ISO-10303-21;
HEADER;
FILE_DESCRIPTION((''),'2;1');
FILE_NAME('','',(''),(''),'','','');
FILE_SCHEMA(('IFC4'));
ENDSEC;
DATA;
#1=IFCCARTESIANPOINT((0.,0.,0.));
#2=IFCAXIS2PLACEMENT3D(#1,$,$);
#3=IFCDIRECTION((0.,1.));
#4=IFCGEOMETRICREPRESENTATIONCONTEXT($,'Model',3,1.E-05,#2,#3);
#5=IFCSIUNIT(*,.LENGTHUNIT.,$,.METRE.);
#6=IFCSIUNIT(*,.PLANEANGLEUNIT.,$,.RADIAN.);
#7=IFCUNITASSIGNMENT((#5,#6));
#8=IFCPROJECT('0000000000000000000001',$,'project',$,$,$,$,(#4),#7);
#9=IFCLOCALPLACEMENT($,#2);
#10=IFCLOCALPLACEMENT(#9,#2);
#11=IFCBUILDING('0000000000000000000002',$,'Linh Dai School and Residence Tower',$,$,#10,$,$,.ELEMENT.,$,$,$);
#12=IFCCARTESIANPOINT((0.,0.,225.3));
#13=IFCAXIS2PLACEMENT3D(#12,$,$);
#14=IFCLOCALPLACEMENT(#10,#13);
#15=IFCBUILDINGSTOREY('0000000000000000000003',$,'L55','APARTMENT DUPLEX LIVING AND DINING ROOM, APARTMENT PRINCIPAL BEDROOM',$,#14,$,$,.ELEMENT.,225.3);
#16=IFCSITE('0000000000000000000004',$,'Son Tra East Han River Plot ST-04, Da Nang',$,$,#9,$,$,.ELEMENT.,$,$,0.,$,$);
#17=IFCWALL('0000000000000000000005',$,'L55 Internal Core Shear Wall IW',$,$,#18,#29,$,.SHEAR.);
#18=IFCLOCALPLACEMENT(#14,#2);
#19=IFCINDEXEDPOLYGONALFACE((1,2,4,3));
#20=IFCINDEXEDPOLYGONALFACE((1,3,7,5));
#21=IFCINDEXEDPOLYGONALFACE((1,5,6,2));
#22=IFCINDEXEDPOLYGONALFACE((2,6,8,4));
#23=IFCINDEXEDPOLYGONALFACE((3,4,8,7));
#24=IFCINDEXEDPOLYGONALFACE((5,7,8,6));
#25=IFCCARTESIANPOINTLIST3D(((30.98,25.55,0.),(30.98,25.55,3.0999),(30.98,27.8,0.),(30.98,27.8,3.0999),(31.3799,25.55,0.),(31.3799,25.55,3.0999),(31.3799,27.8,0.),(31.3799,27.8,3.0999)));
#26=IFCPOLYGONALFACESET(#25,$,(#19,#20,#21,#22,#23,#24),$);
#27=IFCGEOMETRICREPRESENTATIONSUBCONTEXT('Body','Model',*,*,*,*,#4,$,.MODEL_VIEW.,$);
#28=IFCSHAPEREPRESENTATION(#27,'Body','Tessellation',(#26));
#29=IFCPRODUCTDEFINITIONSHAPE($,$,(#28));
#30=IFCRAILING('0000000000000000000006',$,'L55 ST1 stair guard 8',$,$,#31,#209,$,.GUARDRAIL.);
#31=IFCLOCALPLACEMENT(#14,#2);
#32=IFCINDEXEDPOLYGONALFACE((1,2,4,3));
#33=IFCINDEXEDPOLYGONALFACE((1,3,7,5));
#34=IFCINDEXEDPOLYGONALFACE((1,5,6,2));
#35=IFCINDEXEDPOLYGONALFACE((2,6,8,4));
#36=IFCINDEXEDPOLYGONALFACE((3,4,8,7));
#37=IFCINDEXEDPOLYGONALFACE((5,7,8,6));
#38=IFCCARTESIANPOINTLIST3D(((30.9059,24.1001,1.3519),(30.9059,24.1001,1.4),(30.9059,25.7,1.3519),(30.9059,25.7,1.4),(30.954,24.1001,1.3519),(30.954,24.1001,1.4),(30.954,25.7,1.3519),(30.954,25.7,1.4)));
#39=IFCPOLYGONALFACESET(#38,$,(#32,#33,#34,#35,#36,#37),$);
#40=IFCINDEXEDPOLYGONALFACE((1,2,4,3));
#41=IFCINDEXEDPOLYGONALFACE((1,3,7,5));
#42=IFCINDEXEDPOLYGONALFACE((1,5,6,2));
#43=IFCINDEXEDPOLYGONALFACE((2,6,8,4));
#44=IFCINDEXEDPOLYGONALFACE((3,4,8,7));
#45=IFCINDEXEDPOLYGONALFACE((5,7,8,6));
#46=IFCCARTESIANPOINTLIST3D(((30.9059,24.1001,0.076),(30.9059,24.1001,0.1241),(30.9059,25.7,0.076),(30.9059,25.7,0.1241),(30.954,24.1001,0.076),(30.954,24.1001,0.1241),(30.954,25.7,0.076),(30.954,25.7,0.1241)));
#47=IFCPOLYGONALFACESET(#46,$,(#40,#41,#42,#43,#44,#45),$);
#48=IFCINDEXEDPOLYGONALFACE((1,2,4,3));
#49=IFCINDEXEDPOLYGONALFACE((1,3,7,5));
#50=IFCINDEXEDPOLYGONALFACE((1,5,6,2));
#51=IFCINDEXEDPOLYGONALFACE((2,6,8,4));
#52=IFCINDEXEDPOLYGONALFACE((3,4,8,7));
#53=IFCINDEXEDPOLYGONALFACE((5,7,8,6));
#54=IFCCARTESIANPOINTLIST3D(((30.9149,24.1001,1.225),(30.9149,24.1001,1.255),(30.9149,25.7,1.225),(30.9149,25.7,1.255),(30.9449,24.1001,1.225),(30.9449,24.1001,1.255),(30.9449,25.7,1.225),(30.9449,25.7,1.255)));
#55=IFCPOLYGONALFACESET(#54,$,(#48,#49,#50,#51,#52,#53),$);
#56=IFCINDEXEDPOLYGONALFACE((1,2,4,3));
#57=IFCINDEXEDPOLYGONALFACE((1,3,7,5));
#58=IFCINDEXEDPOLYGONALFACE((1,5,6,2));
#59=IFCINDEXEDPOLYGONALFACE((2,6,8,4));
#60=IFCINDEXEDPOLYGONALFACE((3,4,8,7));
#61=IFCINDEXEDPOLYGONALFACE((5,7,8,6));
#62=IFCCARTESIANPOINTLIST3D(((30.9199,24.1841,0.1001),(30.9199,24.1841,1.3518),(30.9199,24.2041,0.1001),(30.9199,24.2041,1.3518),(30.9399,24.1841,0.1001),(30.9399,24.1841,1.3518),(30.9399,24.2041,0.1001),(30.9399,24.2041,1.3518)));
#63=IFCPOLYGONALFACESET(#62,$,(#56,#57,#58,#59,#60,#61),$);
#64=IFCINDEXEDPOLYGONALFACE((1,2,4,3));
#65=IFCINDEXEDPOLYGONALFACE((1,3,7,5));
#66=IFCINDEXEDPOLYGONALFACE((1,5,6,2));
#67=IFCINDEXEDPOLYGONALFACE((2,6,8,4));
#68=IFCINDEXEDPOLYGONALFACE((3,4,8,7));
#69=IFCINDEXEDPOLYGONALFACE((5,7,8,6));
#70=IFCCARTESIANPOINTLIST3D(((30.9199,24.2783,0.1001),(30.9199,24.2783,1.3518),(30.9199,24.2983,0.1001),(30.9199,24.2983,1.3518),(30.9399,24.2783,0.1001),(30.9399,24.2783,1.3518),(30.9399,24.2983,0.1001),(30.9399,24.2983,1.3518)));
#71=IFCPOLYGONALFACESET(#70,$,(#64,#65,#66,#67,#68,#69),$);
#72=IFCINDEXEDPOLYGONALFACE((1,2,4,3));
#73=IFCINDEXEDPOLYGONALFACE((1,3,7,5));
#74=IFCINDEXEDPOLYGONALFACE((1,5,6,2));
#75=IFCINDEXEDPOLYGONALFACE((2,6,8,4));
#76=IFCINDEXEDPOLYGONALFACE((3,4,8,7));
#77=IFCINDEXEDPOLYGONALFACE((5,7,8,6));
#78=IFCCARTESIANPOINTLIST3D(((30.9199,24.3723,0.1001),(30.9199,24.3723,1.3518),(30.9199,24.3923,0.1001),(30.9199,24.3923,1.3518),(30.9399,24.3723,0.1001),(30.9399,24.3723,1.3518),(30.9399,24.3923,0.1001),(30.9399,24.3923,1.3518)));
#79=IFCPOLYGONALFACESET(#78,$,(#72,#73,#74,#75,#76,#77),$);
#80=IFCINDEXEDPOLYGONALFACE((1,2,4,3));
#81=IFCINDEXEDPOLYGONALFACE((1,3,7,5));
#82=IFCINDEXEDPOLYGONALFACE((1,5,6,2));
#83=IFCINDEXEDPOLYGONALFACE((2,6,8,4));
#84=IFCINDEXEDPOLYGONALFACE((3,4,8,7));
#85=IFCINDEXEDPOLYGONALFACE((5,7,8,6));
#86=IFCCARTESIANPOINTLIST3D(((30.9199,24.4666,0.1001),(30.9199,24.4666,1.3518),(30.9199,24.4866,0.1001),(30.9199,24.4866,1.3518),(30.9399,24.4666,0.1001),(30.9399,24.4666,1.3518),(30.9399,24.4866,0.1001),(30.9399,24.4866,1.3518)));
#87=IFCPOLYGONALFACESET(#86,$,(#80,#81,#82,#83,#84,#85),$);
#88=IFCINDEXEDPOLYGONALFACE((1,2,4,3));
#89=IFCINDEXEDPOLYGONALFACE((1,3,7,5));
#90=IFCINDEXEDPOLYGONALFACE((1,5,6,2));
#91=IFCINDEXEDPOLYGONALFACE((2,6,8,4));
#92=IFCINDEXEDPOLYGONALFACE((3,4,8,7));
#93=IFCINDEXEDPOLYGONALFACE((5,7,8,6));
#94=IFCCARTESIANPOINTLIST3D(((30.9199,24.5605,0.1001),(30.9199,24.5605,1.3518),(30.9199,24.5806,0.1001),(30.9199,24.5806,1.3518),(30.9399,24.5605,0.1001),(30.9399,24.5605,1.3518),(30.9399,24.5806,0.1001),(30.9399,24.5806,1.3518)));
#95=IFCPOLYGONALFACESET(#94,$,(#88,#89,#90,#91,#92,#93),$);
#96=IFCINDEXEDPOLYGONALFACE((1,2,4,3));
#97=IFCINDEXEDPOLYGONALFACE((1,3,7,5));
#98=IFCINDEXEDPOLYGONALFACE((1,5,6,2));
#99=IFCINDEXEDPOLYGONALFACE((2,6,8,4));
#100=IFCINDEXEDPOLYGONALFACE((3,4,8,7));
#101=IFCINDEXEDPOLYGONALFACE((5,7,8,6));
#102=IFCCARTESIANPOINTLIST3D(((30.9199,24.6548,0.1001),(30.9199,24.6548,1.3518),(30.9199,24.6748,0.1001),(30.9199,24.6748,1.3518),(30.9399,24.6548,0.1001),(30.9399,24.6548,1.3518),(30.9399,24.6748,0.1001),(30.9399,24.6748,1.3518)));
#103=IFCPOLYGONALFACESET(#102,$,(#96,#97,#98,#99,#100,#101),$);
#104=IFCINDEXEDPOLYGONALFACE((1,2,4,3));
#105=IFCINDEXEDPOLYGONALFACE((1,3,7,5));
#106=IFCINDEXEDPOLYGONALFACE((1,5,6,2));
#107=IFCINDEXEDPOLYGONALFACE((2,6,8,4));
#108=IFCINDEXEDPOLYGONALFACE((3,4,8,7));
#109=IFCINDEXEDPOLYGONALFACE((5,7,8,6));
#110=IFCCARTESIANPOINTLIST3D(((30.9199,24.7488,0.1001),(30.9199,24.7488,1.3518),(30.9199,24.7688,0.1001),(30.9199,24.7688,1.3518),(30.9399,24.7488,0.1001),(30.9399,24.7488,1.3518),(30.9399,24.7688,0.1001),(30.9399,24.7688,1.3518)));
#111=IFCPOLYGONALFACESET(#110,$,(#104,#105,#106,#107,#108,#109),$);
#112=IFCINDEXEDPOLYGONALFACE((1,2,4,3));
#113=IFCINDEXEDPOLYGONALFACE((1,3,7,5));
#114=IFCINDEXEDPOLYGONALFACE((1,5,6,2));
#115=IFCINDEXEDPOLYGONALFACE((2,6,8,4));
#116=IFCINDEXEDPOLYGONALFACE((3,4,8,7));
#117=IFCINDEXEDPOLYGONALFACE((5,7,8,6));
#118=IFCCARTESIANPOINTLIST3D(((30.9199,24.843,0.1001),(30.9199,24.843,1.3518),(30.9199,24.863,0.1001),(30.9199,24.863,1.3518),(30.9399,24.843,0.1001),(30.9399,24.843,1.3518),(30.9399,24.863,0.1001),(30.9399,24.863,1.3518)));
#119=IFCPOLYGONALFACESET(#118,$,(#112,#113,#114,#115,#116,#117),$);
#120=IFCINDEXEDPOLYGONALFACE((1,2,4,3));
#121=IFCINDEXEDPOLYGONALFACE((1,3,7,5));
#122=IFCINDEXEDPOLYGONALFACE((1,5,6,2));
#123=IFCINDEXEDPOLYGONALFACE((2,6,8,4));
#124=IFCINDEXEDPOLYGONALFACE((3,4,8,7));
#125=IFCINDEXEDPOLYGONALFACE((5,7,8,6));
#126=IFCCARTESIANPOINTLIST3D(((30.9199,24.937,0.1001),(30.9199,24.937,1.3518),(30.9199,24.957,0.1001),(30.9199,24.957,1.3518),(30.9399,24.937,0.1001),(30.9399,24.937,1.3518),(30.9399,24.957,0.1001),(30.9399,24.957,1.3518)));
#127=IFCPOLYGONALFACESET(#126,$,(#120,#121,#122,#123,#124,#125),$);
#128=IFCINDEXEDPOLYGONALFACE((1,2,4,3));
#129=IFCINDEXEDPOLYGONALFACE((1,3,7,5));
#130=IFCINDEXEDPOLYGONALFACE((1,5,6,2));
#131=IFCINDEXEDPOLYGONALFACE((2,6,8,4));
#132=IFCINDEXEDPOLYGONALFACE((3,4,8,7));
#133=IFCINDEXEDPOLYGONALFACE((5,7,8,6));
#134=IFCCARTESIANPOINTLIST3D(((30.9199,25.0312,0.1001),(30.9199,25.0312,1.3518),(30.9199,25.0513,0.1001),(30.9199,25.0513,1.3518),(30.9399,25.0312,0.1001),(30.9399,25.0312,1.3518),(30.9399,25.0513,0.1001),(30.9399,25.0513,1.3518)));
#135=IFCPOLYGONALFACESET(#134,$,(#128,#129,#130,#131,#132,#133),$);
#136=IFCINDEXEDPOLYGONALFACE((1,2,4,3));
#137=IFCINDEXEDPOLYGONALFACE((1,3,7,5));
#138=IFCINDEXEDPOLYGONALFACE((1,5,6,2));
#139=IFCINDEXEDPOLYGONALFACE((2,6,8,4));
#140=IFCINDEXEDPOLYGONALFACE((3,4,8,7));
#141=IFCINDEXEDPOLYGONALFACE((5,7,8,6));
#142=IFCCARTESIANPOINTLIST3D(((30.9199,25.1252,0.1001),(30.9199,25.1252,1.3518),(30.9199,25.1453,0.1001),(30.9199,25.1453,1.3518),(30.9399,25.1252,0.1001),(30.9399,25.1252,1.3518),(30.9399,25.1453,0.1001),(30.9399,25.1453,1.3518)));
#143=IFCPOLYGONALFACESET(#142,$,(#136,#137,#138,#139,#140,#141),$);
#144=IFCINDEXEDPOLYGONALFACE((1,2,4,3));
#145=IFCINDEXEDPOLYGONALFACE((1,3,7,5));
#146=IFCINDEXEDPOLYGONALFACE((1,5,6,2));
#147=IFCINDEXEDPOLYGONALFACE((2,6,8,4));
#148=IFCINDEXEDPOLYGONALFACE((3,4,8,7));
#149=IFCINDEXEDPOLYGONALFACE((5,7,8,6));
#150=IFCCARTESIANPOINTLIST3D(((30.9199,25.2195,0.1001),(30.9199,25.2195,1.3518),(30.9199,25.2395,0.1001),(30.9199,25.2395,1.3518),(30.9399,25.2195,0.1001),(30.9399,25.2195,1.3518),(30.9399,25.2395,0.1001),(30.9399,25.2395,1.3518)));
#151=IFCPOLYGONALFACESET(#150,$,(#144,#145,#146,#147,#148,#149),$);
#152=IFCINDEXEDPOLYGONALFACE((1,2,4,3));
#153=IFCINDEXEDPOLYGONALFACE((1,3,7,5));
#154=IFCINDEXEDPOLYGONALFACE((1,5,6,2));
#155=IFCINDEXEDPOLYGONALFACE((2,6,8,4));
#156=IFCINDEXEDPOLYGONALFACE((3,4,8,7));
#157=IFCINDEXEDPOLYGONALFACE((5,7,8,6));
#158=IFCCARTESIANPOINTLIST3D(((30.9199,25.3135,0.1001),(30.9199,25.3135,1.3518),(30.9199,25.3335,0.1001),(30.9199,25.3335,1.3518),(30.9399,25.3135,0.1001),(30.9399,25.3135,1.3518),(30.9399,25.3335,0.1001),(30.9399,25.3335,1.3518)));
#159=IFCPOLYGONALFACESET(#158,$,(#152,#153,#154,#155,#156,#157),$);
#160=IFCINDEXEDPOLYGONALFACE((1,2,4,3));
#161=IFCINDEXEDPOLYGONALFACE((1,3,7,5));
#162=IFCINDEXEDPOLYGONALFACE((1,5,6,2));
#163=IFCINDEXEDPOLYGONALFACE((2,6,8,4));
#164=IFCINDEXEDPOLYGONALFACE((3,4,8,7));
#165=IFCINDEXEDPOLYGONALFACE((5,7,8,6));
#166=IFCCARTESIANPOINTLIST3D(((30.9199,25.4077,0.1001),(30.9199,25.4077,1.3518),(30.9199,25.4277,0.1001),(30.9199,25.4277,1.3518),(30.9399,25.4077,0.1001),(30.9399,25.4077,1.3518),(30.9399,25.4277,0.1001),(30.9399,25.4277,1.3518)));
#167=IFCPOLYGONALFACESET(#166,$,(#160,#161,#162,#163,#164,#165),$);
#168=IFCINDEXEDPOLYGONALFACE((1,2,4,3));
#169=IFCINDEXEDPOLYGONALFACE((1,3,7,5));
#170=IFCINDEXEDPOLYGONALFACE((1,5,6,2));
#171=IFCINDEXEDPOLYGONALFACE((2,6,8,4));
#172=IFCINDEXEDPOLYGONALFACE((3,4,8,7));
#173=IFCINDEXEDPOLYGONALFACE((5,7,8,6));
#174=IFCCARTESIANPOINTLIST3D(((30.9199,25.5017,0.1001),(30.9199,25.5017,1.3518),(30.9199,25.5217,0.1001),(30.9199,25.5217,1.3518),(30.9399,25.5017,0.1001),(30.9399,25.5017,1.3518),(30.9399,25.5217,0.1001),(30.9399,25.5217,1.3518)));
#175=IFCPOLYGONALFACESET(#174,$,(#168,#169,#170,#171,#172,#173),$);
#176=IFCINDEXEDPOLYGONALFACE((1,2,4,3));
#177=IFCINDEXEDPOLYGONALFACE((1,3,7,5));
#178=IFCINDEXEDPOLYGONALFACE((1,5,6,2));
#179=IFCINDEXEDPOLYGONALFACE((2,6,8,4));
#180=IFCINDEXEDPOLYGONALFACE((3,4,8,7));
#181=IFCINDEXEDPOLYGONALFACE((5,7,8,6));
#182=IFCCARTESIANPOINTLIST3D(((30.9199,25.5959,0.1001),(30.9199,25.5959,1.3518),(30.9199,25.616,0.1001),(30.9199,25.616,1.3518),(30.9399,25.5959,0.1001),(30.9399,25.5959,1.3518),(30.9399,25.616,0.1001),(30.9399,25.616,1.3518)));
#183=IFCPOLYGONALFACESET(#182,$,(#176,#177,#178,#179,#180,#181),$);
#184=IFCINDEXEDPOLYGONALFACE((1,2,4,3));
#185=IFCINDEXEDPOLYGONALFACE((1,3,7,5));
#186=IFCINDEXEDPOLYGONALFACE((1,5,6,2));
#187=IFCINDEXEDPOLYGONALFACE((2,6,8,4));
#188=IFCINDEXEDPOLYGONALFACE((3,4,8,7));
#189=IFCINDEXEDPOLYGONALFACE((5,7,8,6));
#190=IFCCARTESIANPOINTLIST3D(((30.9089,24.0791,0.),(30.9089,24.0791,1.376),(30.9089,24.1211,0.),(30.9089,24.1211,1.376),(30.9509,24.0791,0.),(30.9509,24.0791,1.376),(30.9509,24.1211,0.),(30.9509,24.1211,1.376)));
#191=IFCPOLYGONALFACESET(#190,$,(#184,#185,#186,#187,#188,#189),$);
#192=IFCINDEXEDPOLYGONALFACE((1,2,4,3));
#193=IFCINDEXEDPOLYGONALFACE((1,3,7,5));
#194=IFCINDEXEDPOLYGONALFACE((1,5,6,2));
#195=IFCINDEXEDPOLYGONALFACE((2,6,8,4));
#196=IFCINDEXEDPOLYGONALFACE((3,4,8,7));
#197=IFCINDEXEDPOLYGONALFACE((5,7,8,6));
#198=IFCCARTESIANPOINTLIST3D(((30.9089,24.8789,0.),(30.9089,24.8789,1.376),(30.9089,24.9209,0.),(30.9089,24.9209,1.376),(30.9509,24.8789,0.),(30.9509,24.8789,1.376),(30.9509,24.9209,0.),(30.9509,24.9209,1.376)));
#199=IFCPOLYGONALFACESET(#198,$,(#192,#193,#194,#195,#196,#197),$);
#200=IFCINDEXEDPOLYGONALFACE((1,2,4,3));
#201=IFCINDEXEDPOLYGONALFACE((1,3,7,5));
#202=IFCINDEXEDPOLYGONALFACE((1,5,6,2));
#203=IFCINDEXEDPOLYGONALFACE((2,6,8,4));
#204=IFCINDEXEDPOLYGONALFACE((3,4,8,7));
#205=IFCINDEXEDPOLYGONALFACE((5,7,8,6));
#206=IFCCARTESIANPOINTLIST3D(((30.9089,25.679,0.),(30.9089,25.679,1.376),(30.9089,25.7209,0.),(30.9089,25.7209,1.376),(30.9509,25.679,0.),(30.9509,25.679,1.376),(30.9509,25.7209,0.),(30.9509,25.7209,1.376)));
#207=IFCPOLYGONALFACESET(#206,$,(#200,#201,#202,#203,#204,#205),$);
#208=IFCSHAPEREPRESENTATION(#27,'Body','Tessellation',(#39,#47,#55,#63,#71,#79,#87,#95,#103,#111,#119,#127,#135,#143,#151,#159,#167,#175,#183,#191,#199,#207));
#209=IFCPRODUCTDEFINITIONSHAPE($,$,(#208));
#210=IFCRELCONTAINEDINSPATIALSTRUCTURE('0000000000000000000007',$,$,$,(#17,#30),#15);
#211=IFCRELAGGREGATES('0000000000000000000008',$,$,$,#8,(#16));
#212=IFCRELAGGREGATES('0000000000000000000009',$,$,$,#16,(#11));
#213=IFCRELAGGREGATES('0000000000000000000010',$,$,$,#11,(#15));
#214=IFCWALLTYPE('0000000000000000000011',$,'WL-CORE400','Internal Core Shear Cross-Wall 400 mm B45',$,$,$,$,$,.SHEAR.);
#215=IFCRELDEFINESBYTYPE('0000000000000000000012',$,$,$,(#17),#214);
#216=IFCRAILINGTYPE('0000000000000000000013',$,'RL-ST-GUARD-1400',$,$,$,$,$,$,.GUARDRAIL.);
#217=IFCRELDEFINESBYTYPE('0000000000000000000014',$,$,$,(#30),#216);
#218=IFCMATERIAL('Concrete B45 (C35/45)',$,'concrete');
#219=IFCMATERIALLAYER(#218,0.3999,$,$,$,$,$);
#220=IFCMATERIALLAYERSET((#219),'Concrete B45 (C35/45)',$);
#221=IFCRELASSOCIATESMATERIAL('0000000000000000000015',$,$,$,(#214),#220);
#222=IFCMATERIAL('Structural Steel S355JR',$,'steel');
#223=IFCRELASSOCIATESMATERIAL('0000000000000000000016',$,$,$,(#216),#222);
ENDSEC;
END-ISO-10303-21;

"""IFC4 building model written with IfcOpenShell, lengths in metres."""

from ifc_helpers import new_model, si_unit, direction, frame, frame_2d, origin, origin_2d, place, context, subcontext, project, spatial, rectangle, extrude, source, transform, mapped, material, layer, layer_set, type_object, element, save


model = new_model("IFC4")

# Units and contexts
model_context = context("Model", 3, precision=1e-05, world=origin(), true_north=direction((0.0, 1.0)))
body_context = subcontext(model_context, "Body", "Model", "MODEL_VIEW")
ifc_project = project(units=[si_unit("LENGTHUNIT", "METRE"), si_unit("PLANEANGLEUNIT", "RADIAN")], contexts=[model_context])

# Site, building, storey
site_placement = place(None, origin())
site = spatial("IfcSite", under=ifc_project, at=site_placement, Name="Son Tra East Han River Plot ST-04, Da Nang", CompositionType="ELEMENT", RefElevation=0.0)
building_placement = place(site_placement, origin())
building = spatial("IfcBuilding", under=site, at=building_placement, Name="Linh Dai School and Residence Tower", CompositionType="ELEMENT")
storey_placement = place(building_placement, frame((0.0, 0.0, 225.3)))
storey = spatial("IfcBuildingStorey", under=building, at=storey_placement, Name="L55", Description="APARTMENT DUPLEX LIVING AND DINING ROOM, APARTMENT PRINCIPAL BEDROOM", CompositionType="ELEMENT", Elevation=225.3)

# Shared definitions
ifc_material_1 = material(Name="Structural Steel S355JR", Category="steel")

# Shared definitions
ifc_material_2 = material(Name="Concrete B45 (C35/45)", Category="concrete")

# Wall
ifc_layer_1 = layer(ifc_material_2, 0.3999)
ifc_layer_set_1 = layer_set([ifc_layer_1], Name="Concrete B45 (C35/45)")
wall_type_1 = type_object("IfcWallType", Name="WL-CORE400", Description="Internal Core Shear Cross-Wall 400 mm B45", PredefinedType="SHEAR", material=ifc_layer_set_1)
wall_1_placement = place(storey_placement, frame((31.1799, 25.55, 0.0), z_axis=(0.0, 0.0, 1.0), x_axis=(0.0, 1.0, 0.0)))
element("IfcWall", 1, at=wall_1_placement, inside=storey, type_object=wall_type_1, Name="L55 Internal Core Shear Wall IW", PredefinedType="SHEAR", context=body_context, shape_type="SweptSolid", body=[
    extrude(rectangle(XDim=2.25, YDim=0.3999, at=frame_2d((1.125, 0.0))), origin(), (0.0, 0.0, 1.0), 3.0999),
])

# Railing
railing_type = type_object("IfcRailingType", Name="RL-ST-GUARD-1400", PredefinedType="GUARDRAIL", material=ifc_material_1)
shared_shape_1 = source(origin(), body_context, "Body", "SweptSolid", [
    extrude(rectangle(XDim=0.0481, YDim=0.0481, at=origin_2d()), frame((0.0, 0.0, 1.376), z_axis=(0.0, 1.0, 0.0), x_axis=(-1.0, 0.0, 0.0)), (0.0, 0.0, 1.0), 1.5999),
    extrude(rectangle(XDim=0.0481, YDim=0.0481, at=origin_2d()), frame((0.0, 0.0, 0.1001), z_axis=(0.0, 1.0, 0.0), x_axis=(-1.0, 0.0, 0.0)), (0.0, 0.0, 1.0), 1.5999),
    extrude(rectangle(XDim=0.03, YDim=0.03, at=origin_2d()), frame((0.0, 0.0, 1.24), z_axis=(0.0, 1.0, 0.0), x_axis=(-1.0, 0.0, 0.0)), (0.0, 0.0, 1.0), 1.5999),
    extrude(rectangle(XDim=0.02, YDim=0.02, at=origin_2d()), frame((0.0, 0.094, 0.1001)), (0.0, 0.0, 1.0), 1.2517),
    extrude(rectangle(XDim=0.02, YDim=0.02, at=origin_2d()), frame((0.0, 0.1882, 0.1001)), (0.0, 0.0, 1.0), 1.2517),
    extrude(rectangle(XDim=0.02, YDim=0.02, at=origin_2d()), frame((0.0, 0.2822, 0.1001)), (0.0, 0.0, 1.0), 1.2517),
    extrude(rectangle(XDim=0.02, YDim=0.02, at=origin_2d()), frame((0.0, 0.3765, 0.1001)), (0.0, 0.0, 1.0), 1.2517),
    extrude(rectangle(XDim=0.02, YDim=0.02, at=origin_2d()), frame((0.0, 0.4705, 0.1001)), (0.0, 0.0, 1.0), 1.2517),
    extrude(rectangle(XDim=0.02, YDim=0.02, at=origin_2d()), frame((0.0, 0.5647, 0.1001)), (0.0, 0.0, 1.0), 1.2517),
    extrude(rectangle(XDim=0.02, YDim=0.02, at=origin_2d()), frame((0.0, 0.6587, 0.1001)), (0.0, 0.0, 1.0), 1.2517),
    extrude(rectangle(XDim=0.02, YDim=0.02, at=origin_2d()), frame((0.0, 0.7529, 0.1001)), (0.0, 0.0, 1.0), 1.2517),
    extrude(rectangle(XDim=0.02, YDim=0.02, at=origin_2d()), frame((0.0, 0.8469, 0.1001)), (0.0, 0.0, 1.0), 1.2517),
    extrude(rectangle(XDim=0.02, YDim=0.02, at=origin_2d()), frame((0.0, 0.9412, 0.1001)), (0.0, 0.0, 1.0), 1.2517),
    extrude(rectangle(XDim=0.02, YDim=0.02, at=origin_2d()), frame((0.0, 1.0352, 0.1001)), (0.0, 0.0, 1.0), 1.2517),
    extrude(rectangle(XDim=0.02, YDim=0.02, at=origin_2d()), frame((0.0, 1.1294, 0.1001)), (0.0, 0.0, 1.0), 1.2517),
    extrude(rectangle(XDim=0.02, YDim=0.02, at=origin_2d()), frame((0.0, 1.2234, 0.1001)), (0.0, 0.0, 1.0), 1.2517),
    extrude(rectangle(XDim=0.02, YDim=0.02, at=origin_2d()), frame((0.0, 1.3176, 0.1001)), (0.0, 0.0, 1.0), 1.2517),
    extrude(rectangle(XDim=0.02, YDim=0.02, at=origin_2d()), frame((0.0, 1.4116, 0.1001)), (0.0, 0.0, 1.0), 1.2517),
    extrude(rectangle(XDim=0.02, YDim=0.02, at=origin_2d()), frame((0.0, 1.5059, 0.1001)), (0.0, 0.0, 1.0), 1.2517),
    extrude(rectangle(XDim=0.042, YDim=0.042, at=origin_2d()), origin(), (0.0, 0.0, 1.0), 1.376),
    extrude(rectangle(XDim=0.042, YDim=0.042, at=origin_2d()), frame((0.0, 0.7998, 0.0)), (0.0, 0.0, 1.0), 1.376),
    extrude(rectangle(XDim=0.042, YDim=0.042, at=origin_2d()), frame((0.0, 1.5999, 0.0)), (0.0, 0.0, 1.0), 1.376),
])
for number, where, name in (
    (2, (30.9299, 24.1001, 0.0), "L55 ST1 stair guard 8"),
):
    element("IfcRailing", number, at=place(storey_placement, frame(where)), inside=storey, type_object=railing_type, Name=name, PredefinedType="GUARDRAIL", context=body_context, shape_type="MappedRepresentation", body=[
        mapped(shared_shape_1, transform((0.0, 0.0, 0.0), x_axis=(1.0, 0.0, 0.0), y_axis=(0.0, 1.0, 0.0), z_axis=(0.0, 0.0, 1.0), scale=1.0)),
    ])

save(model, "model.ifc")
